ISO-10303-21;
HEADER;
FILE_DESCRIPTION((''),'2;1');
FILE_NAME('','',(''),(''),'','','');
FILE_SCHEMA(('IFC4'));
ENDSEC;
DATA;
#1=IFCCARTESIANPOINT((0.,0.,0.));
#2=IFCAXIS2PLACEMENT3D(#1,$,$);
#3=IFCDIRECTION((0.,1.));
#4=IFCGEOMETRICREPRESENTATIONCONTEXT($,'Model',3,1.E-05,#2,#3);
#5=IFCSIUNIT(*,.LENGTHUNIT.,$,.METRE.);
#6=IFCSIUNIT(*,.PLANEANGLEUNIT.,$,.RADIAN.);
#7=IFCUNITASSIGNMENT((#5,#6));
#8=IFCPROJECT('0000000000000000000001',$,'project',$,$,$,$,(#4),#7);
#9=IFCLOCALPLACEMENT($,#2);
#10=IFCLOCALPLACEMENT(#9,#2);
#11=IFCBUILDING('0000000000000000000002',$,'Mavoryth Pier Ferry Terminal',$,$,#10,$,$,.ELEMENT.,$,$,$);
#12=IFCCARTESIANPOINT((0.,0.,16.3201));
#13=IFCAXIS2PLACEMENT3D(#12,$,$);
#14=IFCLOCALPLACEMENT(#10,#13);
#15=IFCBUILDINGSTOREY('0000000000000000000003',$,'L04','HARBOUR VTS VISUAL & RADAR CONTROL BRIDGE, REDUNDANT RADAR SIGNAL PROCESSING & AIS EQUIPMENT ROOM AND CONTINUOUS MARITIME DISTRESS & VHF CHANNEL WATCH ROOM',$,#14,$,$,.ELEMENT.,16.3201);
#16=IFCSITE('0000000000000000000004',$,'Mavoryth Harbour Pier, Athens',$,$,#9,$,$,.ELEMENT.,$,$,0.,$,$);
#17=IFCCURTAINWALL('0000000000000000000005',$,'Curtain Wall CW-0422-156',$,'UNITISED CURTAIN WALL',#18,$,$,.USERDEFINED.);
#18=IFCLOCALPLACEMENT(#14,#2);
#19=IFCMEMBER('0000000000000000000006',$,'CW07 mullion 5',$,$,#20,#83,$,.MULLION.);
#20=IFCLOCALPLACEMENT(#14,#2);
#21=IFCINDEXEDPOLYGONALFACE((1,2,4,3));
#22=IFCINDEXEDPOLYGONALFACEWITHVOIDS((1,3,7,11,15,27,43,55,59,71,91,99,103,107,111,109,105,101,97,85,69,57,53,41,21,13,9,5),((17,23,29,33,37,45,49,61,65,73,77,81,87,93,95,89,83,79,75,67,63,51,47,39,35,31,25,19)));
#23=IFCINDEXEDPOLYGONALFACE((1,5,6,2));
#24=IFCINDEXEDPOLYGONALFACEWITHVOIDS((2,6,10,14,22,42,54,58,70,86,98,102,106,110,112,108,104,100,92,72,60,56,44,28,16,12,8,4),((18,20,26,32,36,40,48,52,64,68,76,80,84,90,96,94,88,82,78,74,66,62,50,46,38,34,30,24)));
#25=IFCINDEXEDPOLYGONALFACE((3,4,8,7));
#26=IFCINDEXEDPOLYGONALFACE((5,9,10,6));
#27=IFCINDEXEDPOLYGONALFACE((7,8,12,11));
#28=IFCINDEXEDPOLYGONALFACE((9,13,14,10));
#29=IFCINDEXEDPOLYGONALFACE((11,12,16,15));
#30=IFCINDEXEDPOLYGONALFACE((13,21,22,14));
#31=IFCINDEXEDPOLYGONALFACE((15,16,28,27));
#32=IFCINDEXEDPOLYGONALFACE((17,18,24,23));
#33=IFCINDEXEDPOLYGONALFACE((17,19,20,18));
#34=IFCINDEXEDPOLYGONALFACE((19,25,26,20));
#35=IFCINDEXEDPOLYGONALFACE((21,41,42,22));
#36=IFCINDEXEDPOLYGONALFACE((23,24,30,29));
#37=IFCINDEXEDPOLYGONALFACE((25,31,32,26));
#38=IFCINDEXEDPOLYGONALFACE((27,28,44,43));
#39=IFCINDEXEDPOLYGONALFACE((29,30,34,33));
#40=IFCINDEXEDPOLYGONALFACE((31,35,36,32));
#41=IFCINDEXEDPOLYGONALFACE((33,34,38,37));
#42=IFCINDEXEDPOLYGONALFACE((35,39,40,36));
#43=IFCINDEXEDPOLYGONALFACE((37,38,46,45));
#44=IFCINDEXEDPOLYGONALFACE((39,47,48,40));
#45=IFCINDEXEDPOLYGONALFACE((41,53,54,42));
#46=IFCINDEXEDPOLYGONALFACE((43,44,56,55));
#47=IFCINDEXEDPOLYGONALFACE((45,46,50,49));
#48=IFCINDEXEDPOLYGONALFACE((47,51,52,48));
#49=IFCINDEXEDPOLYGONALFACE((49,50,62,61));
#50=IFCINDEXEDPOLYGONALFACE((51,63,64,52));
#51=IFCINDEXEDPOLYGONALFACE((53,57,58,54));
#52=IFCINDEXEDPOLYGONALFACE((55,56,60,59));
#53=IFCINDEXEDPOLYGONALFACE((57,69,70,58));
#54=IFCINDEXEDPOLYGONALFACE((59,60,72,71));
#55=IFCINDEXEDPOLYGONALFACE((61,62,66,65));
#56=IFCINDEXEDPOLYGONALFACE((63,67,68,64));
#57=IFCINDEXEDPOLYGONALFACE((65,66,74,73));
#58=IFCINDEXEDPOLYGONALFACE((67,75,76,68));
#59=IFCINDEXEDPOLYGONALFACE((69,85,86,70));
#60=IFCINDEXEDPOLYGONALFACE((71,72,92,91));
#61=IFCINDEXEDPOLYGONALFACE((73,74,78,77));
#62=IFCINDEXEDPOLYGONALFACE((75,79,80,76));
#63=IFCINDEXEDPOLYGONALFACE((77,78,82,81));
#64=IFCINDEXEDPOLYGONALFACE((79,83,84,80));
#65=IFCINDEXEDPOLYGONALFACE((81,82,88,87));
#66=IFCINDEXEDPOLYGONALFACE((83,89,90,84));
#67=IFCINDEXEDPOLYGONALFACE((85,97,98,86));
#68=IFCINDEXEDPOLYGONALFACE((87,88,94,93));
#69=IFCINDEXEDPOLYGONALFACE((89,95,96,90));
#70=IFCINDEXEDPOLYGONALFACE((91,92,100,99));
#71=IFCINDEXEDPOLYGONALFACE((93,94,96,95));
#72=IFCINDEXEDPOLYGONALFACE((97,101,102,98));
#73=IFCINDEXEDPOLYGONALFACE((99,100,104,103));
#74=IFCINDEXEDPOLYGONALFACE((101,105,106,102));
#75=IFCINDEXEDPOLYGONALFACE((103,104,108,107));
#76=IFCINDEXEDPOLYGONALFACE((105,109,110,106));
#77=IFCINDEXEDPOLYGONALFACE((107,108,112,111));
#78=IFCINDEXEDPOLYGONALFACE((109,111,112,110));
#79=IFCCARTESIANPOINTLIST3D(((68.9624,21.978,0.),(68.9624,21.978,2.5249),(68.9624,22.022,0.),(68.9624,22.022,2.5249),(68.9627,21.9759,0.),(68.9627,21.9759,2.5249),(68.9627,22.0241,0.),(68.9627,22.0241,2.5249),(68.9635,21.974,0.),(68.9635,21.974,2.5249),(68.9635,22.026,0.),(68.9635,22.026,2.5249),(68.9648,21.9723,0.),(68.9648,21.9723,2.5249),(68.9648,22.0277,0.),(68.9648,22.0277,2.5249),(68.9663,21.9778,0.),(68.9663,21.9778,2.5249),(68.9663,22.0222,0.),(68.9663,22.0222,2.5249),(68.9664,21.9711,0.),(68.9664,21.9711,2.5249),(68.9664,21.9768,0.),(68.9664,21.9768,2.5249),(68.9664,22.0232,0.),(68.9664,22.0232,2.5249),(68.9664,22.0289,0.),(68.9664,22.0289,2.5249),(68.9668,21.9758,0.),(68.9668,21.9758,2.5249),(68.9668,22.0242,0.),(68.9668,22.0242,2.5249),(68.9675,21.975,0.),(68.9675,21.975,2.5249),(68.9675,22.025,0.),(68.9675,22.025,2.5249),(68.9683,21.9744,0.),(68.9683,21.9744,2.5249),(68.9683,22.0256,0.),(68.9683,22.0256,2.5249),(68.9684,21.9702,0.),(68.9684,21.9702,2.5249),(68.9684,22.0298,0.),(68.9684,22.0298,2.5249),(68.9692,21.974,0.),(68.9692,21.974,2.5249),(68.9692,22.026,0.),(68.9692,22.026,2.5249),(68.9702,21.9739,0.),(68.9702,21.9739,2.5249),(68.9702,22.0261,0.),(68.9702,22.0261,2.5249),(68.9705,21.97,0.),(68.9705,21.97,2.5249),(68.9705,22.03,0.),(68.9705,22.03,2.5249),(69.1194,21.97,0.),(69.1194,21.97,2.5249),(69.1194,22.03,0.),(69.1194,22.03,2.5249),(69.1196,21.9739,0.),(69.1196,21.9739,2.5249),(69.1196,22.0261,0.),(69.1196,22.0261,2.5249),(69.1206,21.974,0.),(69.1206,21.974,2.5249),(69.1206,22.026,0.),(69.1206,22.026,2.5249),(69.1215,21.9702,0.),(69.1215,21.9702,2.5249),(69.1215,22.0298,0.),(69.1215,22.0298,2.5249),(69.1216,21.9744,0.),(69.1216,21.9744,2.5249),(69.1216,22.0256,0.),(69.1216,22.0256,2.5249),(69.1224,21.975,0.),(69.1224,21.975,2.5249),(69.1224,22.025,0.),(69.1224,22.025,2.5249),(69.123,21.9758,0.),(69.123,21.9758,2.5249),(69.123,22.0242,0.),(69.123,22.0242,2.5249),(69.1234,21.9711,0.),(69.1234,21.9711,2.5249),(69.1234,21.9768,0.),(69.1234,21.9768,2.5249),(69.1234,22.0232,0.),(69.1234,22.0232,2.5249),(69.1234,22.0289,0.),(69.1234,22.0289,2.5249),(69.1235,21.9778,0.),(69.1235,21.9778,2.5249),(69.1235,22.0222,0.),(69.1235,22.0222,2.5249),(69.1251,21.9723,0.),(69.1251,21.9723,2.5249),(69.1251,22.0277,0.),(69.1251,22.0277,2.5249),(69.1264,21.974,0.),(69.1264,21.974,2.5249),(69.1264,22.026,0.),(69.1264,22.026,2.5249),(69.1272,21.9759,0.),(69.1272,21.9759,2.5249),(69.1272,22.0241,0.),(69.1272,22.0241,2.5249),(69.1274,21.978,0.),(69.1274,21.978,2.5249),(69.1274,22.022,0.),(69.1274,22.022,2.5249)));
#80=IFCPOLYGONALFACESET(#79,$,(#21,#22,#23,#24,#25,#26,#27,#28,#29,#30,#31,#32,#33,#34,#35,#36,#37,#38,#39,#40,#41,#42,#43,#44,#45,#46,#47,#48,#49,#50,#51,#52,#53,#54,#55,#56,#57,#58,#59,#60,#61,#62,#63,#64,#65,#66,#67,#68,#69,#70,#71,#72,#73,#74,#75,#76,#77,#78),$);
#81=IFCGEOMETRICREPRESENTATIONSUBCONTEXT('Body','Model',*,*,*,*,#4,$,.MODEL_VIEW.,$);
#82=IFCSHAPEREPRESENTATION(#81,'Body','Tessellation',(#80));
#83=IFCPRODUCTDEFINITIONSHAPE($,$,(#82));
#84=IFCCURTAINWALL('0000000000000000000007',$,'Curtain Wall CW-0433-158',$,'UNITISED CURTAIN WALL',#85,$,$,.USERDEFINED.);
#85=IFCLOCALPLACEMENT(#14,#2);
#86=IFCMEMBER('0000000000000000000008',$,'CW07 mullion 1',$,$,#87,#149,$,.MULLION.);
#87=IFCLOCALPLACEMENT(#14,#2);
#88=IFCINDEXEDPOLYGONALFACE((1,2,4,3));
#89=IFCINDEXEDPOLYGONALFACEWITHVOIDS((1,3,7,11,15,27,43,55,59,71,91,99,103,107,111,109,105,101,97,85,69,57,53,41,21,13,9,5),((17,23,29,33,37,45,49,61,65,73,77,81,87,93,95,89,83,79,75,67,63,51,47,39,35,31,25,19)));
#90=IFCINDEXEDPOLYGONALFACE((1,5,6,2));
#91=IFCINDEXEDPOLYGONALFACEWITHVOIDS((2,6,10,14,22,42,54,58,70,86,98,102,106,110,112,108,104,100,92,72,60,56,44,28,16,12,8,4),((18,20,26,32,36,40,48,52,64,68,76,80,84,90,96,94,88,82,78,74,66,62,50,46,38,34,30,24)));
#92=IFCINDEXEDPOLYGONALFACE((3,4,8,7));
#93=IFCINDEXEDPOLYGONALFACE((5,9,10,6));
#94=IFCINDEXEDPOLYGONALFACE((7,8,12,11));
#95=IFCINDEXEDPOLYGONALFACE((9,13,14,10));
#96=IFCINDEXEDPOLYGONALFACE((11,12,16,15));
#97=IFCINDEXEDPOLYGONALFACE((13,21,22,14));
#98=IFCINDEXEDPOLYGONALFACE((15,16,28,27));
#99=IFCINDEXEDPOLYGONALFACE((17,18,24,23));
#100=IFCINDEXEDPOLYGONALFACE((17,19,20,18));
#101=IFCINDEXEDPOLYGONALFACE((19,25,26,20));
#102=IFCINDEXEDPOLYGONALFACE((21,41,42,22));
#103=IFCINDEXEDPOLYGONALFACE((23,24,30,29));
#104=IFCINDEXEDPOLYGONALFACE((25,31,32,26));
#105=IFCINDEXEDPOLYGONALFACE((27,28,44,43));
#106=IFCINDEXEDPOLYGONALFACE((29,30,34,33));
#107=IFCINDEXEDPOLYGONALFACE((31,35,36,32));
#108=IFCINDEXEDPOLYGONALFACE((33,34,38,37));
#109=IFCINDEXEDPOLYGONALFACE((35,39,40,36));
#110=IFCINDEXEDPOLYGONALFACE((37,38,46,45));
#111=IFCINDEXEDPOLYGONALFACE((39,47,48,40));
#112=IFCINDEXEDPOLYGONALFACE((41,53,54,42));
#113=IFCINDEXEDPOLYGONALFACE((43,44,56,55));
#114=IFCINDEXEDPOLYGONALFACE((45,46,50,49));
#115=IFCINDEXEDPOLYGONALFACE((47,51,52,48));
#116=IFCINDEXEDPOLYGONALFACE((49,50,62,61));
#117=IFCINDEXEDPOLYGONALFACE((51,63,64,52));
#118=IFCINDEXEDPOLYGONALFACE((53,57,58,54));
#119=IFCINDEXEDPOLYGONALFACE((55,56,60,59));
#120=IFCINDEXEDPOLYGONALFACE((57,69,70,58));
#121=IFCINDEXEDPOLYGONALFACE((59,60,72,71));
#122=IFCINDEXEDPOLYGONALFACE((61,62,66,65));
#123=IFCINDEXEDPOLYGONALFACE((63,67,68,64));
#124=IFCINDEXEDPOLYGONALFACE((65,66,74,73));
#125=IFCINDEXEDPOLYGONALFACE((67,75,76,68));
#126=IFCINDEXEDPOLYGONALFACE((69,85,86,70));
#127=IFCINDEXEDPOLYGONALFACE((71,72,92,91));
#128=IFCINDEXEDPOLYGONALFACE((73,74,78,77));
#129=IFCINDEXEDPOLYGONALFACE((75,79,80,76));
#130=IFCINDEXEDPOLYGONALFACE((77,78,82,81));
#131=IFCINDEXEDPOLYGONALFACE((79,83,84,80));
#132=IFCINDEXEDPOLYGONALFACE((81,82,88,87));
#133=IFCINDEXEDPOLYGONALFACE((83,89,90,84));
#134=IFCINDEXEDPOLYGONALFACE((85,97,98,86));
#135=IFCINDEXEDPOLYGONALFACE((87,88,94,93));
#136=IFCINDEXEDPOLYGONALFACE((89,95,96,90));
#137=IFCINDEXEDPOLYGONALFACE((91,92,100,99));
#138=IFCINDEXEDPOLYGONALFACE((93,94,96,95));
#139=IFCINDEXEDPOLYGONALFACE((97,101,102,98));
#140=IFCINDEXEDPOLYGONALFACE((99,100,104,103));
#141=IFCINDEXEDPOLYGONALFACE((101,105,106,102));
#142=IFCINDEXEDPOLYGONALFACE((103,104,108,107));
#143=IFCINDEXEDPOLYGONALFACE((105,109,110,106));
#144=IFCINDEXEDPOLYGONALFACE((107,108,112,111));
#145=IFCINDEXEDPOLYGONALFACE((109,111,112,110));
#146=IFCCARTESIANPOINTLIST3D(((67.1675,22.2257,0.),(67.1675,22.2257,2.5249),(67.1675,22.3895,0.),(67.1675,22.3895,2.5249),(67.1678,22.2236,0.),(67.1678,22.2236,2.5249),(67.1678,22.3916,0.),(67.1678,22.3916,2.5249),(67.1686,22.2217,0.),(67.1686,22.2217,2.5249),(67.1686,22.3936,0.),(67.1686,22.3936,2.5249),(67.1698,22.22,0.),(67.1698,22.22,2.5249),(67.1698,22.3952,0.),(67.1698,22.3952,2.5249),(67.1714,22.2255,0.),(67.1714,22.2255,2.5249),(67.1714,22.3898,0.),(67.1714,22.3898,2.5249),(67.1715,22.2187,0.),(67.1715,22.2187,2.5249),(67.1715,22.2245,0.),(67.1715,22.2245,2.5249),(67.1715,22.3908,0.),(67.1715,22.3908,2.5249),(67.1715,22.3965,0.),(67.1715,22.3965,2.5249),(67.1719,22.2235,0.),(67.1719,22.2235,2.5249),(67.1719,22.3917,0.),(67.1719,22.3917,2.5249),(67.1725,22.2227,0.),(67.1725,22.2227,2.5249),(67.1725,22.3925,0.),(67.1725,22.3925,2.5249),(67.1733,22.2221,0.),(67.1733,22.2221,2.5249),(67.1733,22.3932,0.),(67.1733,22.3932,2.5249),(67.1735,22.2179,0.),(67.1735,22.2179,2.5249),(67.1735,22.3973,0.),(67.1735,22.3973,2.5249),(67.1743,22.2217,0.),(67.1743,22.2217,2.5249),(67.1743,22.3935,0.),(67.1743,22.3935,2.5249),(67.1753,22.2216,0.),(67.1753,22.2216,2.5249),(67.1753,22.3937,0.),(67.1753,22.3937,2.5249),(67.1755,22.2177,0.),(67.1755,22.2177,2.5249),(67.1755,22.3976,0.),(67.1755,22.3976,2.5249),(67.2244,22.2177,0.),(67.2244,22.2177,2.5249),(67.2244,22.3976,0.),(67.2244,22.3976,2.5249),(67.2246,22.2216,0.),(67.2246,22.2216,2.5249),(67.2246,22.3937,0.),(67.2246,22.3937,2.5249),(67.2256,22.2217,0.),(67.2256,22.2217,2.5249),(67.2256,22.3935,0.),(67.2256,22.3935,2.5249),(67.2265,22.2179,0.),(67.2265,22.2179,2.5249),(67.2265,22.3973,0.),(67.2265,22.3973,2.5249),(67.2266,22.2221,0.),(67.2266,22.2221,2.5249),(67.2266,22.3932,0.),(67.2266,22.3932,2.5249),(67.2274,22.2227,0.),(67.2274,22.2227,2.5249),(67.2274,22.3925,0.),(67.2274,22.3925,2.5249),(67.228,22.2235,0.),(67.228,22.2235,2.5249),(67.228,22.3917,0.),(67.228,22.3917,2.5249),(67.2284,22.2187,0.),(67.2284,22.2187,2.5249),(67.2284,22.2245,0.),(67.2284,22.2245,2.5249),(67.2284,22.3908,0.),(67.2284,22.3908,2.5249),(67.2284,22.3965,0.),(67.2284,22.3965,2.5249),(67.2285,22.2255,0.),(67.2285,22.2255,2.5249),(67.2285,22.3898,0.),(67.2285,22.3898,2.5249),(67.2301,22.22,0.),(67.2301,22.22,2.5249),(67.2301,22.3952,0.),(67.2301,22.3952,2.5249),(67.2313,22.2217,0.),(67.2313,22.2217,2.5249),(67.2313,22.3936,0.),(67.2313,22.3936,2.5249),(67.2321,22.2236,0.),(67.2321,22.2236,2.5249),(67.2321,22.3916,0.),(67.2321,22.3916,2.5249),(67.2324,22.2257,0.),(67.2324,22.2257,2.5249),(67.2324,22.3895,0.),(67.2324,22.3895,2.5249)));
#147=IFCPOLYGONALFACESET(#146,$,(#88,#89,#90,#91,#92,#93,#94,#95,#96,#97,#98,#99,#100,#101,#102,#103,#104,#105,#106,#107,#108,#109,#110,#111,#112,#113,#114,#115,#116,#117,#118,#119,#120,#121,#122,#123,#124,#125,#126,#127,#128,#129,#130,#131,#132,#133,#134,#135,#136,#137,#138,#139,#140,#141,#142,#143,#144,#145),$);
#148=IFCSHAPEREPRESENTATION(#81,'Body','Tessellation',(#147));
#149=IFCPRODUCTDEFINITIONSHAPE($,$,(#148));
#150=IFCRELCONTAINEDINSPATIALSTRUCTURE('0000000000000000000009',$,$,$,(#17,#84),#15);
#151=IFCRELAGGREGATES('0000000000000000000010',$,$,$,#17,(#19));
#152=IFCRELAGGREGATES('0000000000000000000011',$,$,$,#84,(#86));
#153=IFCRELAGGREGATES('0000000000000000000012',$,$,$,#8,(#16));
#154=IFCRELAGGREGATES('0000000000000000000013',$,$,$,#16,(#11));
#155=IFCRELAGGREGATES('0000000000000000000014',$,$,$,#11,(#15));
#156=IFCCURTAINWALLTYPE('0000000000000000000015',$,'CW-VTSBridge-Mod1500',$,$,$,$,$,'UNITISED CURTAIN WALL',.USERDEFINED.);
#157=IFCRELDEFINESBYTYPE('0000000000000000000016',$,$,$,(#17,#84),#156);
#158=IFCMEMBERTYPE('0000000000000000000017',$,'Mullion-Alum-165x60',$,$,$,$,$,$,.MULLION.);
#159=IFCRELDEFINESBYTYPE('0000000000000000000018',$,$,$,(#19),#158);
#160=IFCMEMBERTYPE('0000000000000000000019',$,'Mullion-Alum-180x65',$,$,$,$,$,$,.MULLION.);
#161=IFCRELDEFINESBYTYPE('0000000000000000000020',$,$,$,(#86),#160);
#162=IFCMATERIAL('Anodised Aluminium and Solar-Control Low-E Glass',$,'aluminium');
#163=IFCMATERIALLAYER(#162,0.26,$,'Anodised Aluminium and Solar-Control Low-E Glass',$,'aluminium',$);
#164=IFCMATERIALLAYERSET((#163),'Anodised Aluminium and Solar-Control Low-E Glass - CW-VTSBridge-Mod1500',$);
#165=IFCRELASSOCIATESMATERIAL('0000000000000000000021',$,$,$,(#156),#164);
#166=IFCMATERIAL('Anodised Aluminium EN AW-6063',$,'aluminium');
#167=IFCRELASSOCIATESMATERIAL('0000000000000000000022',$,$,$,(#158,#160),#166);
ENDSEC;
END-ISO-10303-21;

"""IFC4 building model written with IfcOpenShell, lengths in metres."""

from ifc_helpers import new_model, si_unit, direction, frame, origin, origin_2d, place, context, subcontext, project, spatial, hollow_rectangle, extrude, material, layer, layer_set, material_profile, profile_set, type_object, element, aggregate, save


model = new_model("IFC4")

# Units and contexts
model_context = context("Model", 3, precision=1e-05, world=origin(), true_north=direction((0.0, 1.0)))
body_context = subcontext(model_context, "Body", "Model", "MODEL_VIEW")
ifc_project = project(units=[si_unit("LENGTHUNIT", "METRE"), si_unit("PLANEANGLEUNIT", "RADIAN")], contexts=[model_context])

# Site, building, storey
site_placement = place(None, origin())
site = spatial("IfcSite", under=ifc_project, at=site_placement, Name="Mavoryth Harbour Pier, Athens", CompositionType="ELEMENT", RefElevation=0.0)
building_placement = place(site_placement, origin())
building = spatial("IfcBuilding", under=site, at=building_placement, Name="Mavoryth Pier Ferry Terminal", CompositionType="ELEMENT")
storey_placement = place(building_placement, frame((0.0, 0.0, 16.3201)))
storey = spatial("IfcBuildingStorey", under=building, at=storey_placement, Name="L04", Description="HARBOUR VTS VISUAL & RADAR CONTROL BRIDGE, REDUNDANT RADAR SIGNAL PROCESSING & AIS EQUIPMENT ROOM AND CONTINUOUS MARITIME DISTRESS & VHF CHANNEL WATCH ROOM", CompositionType="ELEMENT", Elevation=16.3201)

# Curtain wall, member
ifc_material_1 = material(Name="Anodised Aluminium and Solar-Control Low-E Glass", Category="aluminium")
ifc_layer_1 = layer(ifc_material_1, 0.26, Name="Anodised Aluminium and Solar-Control Low-E Glass", Category="aluminium")
ifc_layer_set_1 = layer_set([ifc_layer_1], Name="Anodised Aluminium and Solar-Control Low-E Glass - CW-VTSBridge-Mod1500")
curtain_wall_type = type_object("IfcCurtainWallType", Name="CW-VTSBridge-Mod1500", ElementType="UNITISED CURTAIN WALL", PredefinedType="USERDEFINED", material=ifc_layer_set_1)
curtain_wall_1_placement = place(storey_placement, origin())
curtain_wall_1 = element("IfcCurtainWall", 1, at=curtain_wall_1_placement, inside=storey, type_object=curtain_wall_type, Name="Curtain Wall CW-0422-156", ObjectType="UNITISED CURTAIN WALL", PredefinedType="USERDEFINED")
ifc_material_2 = material(Name="Anodised Aluminium EN AW-6063", Category="aluminium")
ifc_material_profile_1 = material_profile(ifc_material_2, hollow_rectangle(XDim=0.0601, YDim=0.165, WallThickness=0.0039, InnerFilletRadius=0.0039, OuterFilletRadius=0.0081, at=origin_2d()), Name="AL-MULL 165x60x4", Category="aluminium")
ifc_profile_set_1 = profile_set([ifc_material_profile_1], Name="Anodised Aluminium EN AW-6063 - AL-MULL 165x60x4")
member_type_1 = type_object("IfcMemberType", Name="Mullion-Alum-165x60", PredefinedType="MULLION", material=ifc_profile_set_1)
member_1_placement = place(storey_placement, frame((69.0449, 22.0, 0.0), z_axis=(0.0, 0.0, 1.0), x_axis=(0.0, -1.0, 0.0)))
member_1 = element("IfcMember", 2, at=member_1_placement, type_object=member_type_1, Name="CW07 mullion 5", PredefinedType="MULLION", context=body_context, shape_type="SweptSolid", body=[
    extrude(hollow_rectangle(XDim=0.0601, YDim=0.165, WallThickness=0.0039, InnerFilletRadius=0.0039, OuterFilletRadius=0.0081, at=origin_2d()), origin(), (0.0, 0.0, 1.0), 2.5249),
])

# Curtain wall, member
curtain_wall_2_placement = place(storey_placement, origin())
curtain_wall_2 = element("IfcCurtainWall", 3, at=curtain_wall_2_placement, inside=storey, type_object=curtain_wall_type, Name="Curtain Wall CW-0433-158", ObjectType="UNITISED CURTAIN WALL", PredefinedType="USERDEFINED")
ifc_material_profile_2 = material_profile(ifc_material_2, hollow_rectangle(XDim=0.0649, YDim=0.1799, WallThickness=0.0039, InnerFilletRadius=0.0039, OuterFilletRadius=0.0081, at=origin_2d()), Name="AL-MULL 180x65x4", Category="aluminium")
ifc_profile_set_2 = profile_set([ifc_material_profile_2], Name="Anodised Aluminium EN AW-6063 - AL-MULL 180x65x4")
member_type_2 = type_object("IfcMemberType", Name="Mullion-Alum-180x65", PredefinedType="MULLION", material=ifc_profile_set_2)
member_2_placement = place(storey_placement, frame((67.2, 22.3076, 0.0), z_axis=(0.0, 0.0, 1.0), x_axis=(-1.0, 0.0, 0.0)))
member_2 = element("IfcMember", 4, at=member_2_placement, type_object=member_type_2, Name="CW07 mullion 1", PredefinedType="MULLION", context=body_context, shape_type="SweptSolid", body=[
    extrude(hollow_rectangle(XDim=0.0649, YDim=0.1799, WallThickness=0.0039, InnerFilletRadius=0.0039, OuterFilletRadius=0.0081, at=origin_2d()), origin(), (0.0, 0.0, 1.0), 2.5249),
])

aggregate(curtain_wall_1, [member_1])
aggregate(curtain_wall_2, [member_2])

save(model, "model.ifc")
